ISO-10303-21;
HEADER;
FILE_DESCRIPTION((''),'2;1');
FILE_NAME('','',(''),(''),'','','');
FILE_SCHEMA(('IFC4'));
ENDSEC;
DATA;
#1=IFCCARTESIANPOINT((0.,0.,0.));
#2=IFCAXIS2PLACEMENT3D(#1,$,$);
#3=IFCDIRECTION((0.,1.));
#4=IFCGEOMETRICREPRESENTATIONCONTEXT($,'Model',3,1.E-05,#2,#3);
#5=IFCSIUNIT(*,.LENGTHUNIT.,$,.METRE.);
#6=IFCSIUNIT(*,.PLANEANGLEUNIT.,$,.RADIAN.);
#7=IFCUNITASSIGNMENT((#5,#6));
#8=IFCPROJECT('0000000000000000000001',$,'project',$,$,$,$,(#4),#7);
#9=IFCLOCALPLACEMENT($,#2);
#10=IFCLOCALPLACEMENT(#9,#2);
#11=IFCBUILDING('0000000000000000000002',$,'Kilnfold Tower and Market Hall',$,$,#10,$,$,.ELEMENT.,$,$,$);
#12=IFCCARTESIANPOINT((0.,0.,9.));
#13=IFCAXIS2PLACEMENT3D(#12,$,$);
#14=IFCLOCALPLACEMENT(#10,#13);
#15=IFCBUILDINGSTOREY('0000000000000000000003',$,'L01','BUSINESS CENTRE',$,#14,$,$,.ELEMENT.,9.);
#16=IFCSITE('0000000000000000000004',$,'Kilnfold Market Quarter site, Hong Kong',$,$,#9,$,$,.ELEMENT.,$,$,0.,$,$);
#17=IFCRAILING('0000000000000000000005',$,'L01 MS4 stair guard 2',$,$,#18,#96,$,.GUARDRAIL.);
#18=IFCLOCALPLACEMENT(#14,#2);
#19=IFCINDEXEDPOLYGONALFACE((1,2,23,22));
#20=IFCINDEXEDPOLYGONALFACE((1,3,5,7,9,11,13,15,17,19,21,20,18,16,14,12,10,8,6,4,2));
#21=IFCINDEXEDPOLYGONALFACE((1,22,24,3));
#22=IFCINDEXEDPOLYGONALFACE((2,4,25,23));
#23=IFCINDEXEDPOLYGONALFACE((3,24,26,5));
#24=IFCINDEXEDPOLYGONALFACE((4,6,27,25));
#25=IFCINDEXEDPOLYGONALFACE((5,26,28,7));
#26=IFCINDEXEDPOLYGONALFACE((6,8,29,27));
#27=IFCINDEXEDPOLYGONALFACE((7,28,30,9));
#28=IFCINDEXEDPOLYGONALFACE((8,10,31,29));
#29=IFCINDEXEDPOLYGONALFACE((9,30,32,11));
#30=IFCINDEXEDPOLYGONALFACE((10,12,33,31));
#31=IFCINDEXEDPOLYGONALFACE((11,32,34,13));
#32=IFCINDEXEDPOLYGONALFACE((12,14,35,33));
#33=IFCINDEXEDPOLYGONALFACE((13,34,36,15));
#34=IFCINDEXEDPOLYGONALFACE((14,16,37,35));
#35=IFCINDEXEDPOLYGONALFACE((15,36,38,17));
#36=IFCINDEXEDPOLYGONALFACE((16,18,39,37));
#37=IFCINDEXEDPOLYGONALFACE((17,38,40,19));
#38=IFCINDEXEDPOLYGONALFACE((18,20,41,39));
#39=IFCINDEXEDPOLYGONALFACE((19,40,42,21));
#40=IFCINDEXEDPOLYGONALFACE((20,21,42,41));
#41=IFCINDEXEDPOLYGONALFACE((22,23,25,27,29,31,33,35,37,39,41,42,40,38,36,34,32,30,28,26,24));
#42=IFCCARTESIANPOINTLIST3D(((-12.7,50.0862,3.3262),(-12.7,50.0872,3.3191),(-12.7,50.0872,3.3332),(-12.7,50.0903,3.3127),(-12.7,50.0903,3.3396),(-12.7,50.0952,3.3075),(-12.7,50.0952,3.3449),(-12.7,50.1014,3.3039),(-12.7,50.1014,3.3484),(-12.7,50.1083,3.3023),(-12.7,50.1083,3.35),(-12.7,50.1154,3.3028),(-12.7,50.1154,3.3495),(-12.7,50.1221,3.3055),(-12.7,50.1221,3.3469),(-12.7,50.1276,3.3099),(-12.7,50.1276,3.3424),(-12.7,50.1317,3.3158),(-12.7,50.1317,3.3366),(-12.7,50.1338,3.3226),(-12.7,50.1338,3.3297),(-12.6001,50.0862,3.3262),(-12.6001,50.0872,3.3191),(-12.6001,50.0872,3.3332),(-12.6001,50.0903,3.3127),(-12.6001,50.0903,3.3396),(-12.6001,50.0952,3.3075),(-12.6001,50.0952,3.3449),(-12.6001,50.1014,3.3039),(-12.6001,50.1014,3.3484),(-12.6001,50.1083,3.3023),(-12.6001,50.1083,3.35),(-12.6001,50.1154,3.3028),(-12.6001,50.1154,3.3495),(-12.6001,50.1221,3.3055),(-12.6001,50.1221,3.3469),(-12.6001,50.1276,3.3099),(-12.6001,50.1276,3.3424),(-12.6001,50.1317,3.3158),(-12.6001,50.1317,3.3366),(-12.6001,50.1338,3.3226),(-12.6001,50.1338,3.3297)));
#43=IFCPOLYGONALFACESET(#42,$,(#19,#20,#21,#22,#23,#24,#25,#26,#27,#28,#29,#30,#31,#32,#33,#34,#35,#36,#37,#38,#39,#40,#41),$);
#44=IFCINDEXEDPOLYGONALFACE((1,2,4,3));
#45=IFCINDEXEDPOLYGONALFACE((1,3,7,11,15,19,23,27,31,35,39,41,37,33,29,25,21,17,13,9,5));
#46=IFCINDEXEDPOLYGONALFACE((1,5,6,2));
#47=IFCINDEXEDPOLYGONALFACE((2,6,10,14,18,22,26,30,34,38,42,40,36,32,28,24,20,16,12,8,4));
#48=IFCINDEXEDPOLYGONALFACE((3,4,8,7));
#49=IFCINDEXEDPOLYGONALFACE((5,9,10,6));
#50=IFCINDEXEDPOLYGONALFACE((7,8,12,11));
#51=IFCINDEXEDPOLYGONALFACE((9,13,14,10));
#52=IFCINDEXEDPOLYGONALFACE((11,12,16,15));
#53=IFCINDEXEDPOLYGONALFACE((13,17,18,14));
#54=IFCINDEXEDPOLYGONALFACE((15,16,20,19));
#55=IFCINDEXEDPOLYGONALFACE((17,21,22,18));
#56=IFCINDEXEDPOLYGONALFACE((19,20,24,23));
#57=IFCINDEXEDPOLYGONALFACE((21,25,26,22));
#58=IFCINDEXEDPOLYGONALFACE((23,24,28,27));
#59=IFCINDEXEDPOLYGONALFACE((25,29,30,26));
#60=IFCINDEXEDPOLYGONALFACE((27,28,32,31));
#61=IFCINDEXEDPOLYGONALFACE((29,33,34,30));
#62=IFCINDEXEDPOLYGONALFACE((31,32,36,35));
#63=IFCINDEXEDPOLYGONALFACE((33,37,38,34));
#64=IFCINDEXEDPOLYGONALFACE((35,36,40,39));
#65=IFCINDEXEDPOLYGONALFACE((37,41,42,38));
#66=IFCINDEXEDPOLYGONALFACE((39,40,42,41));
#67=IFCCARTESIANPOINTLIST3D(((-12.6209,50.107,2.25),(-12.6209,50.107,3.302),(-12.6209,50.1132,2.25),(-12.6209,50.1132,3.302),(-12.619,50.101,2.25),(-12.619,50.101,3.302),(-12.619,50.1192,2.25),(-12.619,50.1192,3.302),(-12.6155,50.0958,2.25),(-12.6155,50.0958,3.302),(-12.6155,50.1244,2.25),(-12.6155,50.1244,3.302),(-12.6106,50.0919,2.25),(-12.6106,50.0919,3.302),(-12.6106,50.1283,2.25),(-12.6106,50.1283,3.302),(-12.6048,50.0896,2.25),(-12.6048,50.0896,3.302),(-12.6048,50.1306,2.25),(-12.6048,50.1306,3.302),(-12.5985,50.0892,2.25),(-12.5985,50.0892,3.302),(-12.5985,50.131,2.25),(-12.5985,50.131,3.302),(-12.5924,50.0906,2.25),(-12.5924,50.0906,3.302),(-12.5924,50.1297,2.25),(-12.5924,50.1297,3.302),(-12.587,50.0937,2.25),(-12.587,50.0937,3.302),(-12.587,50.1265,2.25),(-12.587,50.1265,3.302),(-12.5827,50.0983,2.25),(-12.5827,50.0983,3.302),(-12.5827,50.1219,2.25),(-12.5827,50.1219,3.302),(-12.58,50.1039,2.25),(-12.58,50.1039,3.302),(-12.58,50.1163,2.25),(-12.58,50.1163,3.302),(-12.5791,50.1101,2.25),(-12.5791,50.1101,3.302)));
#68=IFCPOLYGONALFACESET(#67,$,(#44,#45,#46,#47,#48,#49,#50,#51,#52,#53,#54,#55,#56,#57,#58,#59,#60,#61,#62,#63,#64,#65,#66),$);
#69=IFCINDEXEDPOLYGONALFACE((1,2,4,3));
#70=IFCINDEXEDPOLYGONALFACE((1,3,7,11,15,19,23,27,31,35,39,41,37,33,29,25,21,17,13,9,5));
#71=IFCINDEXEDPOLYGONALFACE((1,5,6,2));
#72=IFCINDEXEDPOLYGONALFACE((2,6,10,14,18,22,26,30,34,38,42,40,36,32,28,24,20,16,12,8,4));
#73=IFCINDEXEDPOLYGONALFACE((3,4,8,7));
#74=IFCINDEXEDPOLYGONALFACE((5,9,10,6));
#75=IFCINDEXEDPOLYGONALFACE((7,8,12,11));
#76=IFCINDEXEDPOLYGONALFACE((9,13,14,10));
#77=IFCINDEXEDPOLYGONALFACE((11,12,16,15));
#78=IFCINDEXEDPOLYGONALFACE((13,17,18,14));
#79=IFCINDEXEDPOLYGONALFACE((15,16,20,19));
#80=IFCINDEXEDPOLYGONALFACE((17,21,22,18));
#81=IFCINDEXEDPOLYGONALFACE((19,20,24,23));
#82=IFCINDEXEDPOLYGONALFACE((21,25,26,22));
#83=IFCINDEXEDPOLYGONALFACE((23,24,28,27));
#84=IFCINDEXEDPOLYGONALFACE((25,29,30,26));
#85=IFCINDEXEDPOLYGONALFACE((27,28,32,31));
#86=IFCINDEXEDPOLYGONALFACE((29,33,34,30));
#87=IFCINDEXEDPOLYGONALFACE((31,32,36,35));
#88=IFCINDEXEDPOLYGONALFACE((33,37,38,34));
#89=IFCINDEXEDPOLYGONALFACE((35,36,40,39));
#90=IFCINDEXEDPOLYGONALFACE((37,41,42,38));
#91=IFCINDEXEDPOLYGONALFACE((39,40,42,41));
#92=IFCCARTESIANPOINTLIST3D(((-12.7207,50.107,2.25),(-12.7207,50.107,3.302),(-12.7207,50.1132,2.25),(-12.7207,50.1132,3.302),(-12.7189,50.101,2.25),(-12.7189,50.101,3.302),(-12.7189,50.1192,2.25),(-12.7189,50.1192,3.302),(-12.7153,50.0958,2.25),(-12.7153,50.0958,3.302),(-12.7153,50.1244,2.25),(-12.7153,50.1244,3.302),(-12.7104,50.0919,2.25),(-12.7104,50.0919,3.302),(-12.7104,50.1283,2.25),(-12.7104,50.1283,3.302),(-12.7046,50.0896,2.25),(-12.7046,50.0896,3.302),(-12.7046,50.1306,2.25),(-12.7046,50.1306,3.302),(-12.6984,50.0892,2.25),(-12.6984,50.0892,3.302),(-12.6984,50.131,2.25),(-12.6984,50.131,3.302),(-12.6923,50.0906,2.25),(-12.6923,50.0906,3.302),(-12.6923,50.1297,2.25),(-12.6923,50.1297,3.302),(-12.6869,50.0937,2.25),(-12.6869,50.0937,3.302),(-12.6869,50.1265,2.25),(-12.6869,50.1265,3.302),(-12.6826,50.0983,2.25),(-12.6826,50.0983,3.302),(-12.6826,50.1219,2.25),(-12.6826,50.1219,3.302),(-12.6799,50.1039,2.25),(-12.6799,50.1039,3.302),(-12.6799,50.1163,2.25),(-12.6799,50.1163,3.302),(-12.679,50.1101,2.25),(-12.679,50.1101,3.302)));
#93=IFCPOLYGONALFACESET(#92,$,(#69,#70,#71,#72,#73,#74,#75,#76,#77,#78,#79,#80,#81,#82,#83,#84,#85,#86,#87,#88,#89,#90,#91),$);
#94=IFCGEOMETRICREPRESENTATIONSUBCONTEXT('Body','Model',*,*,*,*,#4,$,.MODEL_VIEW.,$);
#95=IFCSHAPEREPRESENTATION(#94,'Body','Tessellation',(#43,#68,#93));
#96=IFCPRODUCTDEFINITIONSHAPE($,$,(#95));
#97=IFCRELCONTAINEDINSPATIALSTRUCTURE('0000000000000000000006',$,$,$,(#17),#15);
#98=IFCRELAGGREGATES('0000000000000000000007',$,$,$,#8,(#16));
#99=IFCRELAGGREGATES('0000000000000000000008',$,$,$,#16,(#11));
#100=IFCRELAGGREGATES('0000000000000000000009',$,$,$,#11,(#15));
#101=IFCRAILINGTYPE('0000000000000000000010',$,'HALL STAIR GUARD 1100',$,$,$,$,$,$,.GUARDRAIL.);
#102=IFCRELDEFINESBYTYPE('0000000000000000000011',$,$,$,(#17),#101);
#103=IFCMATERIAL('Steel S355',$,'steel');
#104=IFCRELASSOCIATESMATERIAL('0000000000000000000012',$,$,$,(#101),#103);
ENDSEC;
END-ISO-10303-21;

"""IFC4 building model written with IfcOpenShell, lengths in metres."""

from ifc_helpers import new_model, si_unit, direction, frame, origin, origin_2d, place, context, subcontext, project, spatial, circle, extrude, material, type_object, element, save


model = new_model("IFC4")

# Units and contexts
model_context = context("Model", 3, precision=1e-05, world=origin(), true_north=direction((0.0, 1.0)))
body_context = subcontext(model_context, "Body", "Model", "MODEL_VIEW")
ifc_project = project(units=[si_unit("LENGTHUNIT", "METRE"), si_unit("PLANEANGLEUNIT", "RADIAN")], contexts=[model_context])

# Site, building, storey
site_placement = place(None, origin())
site = spatial("IfcSite", under=ifc_project, at=site_placement, Name="Kilnfold Market Quarter site, Hong Kong", CompositionType="ELEMENT", RefElevation=0.0)
building_placement = place(site_placement, origin())
building = spatial("IfcBuilding", under=site, at=building_placement, Name="Kilnfold Tower and Market Hall", CompositionType="ELEMENT")
storey_placement = place(building_placement, frame((0.0, 0.0, 9.0)))
storey = spatial("IfcBuildingStorey", under=building, at=storey_placement, Name="L01", Description="BUSINESS CENTRE", CompositionType="ELEMENT", Elevation=9.0)

# Railing
ifc_material_1 = material(Name="Steel S355", Category="steel")
railing_type_1 = type_object("IfcRailingType", Name="HALL STAIR GUARD 1100", PredefinedType="GUARDRAIL", material=ifc_material_1)
railing_1_placement = place(storey_placement, frame((-12.6001, 50.1101, 2.25)))
element("IfcRailing", 1, at=railing_1_placement, inside=storey, type_object=railing_type_1, Name="L01 MS4 stair guard 2", PredefinedType="GUARDRAIL", context=body_context, shape_type="SweptSolid", body=[
    extrude(circle(Radius=0.0239, at=origin_2d()), frame((0.0, 0.0, 1.0762), z_axis=(-1.0, 0.0, 0.0), x_axis=(0.0, -1.0, 0.0)), (0.0, 0.0, 1.0), 0.0999),
    extrude(circle(Radius=0.021, at=origin_2d()), origin(), (0.0, 0.0, 1.0), 1.052),
    extrude(circle(Radius=0.021, at=origin_2d()), frame((-0.0999, 0.0, 0.0)), (0.0, 0.0, 1.0), 1.052),
])

save(model, "model.ifc")
